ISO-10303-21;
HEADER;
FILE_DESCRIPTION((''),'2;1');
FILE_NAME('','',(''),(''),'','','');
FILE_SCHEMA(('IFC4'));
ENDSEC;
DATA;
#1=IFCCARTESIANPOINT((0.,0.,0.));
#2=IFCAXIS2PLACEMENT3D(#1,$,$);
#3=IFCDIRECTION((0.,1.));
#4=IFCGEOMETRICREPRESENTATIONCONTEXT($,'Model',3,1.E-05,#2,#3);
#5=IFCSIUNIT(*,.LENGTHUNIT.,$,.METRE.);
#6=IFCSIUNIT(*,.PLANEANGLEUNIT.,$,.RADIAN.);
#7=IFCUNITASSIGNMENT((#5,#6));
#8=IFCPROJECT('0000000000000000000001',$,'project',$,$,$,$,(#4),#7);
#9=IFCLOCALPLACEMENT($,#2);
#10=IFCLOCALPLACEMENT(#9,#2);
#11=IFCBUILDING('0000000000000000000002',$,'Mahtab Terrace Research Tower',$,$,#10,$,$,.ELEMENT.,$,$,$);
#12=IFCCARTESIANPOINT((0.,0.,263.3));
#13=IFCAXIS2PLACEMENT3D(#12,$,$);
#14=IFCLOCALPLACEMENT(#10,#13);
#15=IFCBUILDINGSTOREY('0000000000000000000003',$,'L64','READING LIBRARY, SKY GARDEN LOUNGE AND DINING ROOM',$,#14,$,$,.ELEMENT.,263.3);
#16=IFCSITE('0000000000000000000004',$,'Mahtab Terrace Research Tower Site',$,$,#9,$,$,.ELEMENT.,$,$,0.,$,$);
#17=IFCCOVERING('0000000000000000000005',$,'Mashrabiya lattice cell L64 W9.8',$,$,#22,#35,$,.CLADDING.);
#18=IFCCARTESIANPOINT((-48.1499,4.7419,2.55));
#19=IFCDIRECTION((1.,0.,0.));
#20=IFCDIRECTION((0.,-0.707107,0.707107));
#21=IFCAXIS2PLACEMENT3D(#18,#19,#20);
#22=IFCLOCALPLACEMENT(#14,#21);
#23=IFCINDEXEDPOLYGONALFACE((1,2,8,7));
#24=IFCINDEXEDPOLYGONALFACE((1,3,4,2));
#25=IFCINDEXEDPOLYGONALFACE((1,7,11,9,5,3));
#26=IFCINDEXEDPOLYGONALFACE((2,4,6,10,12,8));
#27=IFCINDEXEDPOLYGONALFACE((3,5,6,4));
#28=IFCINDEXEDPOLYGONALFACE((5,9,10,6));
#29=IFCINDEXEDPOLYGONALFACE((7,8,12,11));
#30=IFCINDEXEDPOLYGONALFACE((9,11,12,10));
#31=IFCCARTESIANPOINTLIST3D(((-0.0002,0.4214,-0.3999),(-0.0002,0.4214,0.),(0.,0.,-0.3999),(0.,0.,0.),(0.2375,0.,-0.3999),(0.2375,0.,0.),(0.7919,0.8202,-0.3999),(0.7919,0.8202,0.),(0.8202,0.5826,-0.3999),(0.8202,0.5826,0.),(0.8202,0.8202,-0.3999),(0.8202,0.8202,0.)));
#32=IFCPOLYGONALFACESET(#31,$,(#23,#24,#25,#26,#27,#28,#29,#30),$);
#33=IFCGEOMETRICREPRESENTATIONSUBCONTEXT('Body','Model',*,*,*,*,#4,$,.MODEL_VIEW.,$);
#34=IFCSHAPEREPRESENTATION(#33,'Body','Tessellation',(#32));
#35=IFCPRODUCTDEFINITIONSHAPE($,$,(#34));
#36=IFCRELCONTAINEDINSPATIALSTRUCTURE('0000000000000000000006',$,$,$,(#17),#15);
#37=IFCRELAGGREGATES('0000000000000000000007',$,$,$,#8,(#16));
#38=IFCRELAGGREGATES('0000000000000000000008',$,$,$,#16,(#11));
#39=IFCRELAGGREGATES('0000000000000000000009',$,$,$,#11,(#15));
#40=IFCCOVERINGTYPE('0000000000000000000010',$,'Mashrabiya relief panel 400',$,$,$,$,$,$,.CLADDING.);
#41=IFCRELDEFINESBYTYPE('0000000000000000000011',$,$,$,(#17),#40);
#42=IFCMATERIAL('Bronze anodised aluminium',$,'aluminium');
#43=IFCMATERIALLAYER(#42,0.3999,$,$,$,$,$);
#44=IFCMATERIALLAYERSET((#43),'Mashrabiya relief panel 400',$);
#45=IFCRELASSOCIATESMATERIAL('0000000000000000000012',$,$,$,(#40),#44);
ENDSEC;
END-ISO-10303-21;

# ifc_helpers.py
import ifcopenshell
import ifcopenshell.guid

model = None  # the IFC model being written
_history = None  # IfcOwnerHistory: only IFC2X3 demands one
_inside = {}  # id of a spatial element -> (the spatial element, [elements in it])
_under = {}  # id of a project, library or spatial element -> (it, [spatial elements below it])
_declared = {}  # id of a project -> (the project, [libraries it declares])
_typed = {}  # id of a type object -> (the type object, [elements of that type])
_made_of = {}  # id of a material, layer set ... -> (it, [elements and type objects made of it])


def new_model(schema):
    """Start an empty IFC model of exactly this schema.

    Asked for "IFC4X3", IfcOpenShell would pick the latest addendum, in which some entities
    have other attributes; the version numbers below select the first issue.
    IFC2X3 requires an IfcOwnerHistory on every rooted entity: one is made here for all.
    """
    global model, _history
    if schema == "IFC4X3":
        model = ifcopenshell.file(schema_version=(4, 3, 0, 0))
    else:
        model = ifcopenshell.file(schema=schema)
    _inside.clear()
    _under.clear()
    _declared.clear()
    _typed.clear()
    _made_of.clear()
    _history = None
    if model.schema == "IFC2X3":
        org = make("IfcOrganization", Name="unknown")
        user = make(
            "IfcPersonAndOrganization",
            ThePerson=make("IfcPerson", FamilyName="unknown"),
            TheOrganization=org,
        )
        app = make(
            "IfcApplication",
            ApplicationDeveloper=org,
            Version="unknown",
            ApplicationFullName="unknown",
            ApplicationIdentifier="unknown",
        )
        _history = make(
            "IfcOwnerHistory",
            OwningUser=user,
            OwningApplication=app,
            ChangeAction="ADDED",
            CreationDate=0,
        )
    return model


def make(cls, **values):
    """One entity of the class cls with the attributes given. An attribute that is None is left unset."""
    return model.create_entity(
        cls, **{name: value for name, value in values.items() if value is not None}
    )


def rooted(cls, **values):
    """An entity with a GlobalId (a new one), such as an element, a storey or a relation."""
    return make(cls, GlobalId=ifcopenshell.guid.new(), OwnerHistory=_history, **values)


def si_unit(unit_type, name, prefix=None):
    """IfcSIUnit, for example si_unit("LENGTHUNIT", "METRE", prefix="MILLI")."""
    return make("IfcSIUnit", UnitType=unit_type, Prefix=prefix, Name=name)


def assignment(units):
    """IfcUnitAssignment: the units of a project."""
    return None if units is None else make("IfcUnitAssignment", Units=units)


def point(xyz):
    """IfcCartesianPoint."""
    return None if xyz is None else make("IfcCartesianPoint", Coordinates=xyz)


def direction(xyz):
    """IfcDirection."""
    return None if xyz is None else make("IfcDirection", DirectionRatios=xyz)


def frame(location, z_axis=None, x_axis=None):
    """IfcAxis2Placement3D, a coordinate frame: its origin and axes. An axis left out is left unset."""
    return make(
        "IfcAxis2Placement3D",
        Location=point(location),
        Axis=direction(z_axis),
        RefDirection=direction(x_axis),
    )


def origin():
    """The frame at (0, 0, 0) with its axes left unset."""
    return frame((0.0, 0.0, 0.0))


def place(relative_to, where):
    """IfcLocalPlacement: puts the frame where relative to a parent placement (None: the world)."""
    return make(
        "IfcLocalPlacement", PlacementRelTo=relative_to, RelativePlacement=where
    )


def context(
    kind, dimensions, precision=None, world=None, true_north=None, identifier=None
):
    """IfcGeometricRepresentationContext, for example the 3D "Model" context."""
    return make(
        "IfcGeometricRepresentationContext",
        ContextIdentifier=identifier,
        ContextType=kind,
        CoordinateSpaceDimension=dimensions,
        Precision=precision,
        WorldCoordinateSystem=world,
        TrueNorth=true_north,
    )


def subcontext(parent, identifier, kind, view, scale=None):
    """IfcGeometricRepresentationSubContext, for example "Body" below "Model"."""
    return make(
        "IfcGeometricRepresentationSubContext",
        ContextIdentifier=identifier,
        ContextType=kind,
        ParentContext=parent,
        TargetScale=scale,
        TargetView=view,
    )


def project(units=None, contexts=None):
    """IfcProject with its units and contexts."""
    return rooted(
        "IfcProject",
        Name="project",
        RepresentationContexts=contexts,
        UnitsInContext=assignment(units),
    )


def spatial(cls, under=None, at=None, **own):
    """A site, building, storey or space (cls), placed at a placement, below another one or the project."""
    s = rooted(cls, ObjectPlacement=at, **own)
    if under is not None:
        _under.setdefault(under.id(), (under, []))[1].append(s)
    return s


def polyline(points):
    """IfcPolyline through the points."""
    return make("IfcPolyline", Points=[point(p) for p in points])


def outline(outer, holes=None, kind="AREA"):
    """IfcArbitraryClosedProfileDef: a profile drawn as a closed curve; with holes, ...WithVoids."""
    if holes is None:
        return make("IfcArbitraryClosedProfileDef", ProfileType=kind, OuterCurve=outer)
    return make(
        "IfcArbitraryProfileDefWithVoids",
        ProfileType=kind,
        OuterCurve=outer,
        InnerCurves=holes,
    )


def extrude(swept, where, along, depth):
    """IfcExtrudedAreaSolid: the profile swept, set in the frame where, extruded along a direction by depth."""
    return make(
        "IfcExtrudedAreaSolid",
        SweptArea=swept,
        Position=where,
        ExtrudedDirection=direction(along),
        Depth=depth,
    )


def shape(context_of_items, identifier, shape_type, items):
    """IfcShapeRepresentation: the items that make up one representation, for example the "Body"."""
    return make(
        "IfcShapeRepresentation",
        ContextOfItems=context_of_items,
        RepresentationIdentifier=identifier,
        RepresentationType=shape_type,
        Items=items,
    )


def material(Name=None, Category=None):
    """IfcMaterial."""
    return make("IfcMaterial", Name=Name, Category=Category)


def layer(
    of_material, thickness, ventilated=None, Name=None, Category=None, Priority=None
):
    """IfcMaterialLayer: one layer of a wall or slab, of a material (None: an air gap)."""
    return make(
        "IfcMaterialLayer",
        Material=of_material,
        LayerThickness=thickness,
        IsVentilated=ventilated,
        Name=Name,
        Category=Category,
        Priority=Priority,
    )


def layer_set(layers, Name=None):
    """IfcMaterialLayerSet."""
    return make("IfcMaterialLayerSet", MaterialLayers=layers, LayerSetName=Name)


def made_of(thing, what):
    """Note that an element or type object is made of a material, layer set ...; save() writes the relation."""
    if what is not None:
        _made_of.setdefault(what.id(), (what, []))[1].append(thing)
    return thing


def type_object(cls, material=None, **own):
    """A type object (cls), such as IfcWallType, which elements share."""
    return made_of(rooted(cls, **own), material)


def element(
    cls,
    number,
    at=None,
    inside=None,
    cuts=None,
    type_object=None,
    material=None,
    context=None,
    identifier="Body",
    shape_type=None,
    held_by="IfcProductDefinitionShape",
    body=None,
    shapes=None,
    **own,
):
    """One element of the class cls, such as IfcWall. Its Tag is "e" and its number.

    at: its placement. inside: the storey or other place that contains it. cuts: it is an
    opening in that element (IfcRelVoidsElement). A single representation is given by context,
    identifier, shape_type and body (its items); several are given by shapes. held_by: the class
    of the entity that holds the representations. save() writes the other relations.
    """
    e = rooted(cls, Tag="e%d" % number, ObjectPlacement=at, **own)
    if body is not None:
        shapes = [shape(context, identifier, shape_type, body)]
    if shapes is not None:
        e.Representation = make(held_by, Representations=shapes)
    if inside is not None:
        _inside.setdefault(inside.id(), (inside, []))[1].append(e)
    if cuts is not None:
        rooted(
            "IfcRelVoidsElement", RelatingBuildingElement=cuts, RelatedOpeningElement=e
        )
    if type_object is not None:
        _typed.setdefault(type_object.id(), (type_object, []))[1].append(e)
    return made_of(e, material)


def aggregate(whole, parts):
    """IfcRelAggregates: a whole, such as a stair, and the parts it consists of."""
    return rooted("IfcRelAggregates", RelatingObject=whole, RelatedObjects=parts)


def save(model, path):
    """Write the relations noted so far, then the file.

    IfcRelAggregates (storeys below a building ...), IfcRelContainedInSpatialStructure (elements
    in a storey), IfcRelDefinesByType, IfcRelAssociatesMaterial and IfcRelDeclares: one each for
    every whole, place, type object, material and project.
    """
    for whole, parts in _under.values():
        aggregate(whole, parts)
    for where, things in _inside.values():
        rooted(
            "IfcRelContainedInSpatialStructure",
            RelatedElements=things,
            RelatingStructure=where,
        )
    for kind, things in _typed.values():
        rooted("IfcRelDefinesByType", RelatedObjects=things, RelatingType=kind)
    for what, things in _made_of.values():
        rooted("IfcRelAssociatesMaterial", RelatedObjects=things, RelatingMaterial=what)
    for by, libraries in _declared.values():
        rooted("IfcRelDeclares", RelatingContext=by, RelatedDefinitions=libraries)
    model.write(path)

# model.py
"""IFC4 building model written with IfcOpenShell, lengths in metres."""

from ifc_helpers import new_model, si_unit, direction, frame, origin, place, context, subcontext, project, spatial, polyline, outline, extrude, material, layer, layer_set, type_object, element, save


model = new_model("IFC4")

# Units and contexts
model_context = context("Model", 3, precision=1e-05, world=origin(), true_north=direction((0.0, 1.0)))
body_context = subcontext(model_context, "Body", "Model", "MODEL_VIEW")
ifc_project = project(units=[si_unit("LENGTHUNIT", "METRE"), si_unit("PLANEANGLEUNIT", "RADIAN")], contexts=[model_context])

# Site, building, storey
site_placement = place(None, origin())
site = spatial("IfcSite", under=ifc_project, at=site_placement, Name="Mahtab Terrace Research Tower Site", CompositionType="ELEMENT", RefElevation=0.0)
building_placement = place(site_placement, origin())
building = spatial("IfcBuilding", under=site, at=building_placement, Name="Mahtab Terrace Research Tower", CompositionType="ELEMENT")
storey_placement = place(building_placement, frame((0.0, 0.0, 263.3)))
storey = spatial("IfcBuildingStorey", under=building, at=storey_placement, Name="L64", Description="READING LIBRARY, SKY GARDEN LOUNGE AND DINING ROOM", CompositionType="ELEMENT", Elevation=263.3)

# Covering
ifc_material_1 = material(Name="Bronze anodised aluminium", Category="aluminium")
ifc_layer_1 = layer(ifc_material_1, 0.3999)
ifc_layer_set_1 = layer_set([ifc_layer_1], Name="Mashrabiya relief panel 400")
covering_type_1 = type_object("IfcCoveringType", Name="Mashrabiya relief panel 400", PredefinedType="CLADDING", material=ifc_layer_set_1)
covering_1_placement = place(storey_placement, frame((-48.1499, 4.7419, 2.55), z_axis=(1.0, 0.0, 0.0), x_axis=(0.0, -0.707107, 0.707107)))
element("IfcCovering", 1, at=covering_1_placement, inside=storey, type_object=covering_type_1, Name="Mashrabiya lattice cell L64 W9.8", PredefinedType="CLADDING", context=body_context, shape_type="SweptSolid", body=[
    extrude(outline(polyline([(0.0, 0.0), (0.2375, 0.0), (0.8202, 0.5826), (0.8202, 0.8202), (0.7919, 0.8202), (-0.0002, 0.4214), (0.0, 0.0)])), origin(), (0.0, 0.0, -1.0), 0.3999),
])

save(model, "model.ifc")
